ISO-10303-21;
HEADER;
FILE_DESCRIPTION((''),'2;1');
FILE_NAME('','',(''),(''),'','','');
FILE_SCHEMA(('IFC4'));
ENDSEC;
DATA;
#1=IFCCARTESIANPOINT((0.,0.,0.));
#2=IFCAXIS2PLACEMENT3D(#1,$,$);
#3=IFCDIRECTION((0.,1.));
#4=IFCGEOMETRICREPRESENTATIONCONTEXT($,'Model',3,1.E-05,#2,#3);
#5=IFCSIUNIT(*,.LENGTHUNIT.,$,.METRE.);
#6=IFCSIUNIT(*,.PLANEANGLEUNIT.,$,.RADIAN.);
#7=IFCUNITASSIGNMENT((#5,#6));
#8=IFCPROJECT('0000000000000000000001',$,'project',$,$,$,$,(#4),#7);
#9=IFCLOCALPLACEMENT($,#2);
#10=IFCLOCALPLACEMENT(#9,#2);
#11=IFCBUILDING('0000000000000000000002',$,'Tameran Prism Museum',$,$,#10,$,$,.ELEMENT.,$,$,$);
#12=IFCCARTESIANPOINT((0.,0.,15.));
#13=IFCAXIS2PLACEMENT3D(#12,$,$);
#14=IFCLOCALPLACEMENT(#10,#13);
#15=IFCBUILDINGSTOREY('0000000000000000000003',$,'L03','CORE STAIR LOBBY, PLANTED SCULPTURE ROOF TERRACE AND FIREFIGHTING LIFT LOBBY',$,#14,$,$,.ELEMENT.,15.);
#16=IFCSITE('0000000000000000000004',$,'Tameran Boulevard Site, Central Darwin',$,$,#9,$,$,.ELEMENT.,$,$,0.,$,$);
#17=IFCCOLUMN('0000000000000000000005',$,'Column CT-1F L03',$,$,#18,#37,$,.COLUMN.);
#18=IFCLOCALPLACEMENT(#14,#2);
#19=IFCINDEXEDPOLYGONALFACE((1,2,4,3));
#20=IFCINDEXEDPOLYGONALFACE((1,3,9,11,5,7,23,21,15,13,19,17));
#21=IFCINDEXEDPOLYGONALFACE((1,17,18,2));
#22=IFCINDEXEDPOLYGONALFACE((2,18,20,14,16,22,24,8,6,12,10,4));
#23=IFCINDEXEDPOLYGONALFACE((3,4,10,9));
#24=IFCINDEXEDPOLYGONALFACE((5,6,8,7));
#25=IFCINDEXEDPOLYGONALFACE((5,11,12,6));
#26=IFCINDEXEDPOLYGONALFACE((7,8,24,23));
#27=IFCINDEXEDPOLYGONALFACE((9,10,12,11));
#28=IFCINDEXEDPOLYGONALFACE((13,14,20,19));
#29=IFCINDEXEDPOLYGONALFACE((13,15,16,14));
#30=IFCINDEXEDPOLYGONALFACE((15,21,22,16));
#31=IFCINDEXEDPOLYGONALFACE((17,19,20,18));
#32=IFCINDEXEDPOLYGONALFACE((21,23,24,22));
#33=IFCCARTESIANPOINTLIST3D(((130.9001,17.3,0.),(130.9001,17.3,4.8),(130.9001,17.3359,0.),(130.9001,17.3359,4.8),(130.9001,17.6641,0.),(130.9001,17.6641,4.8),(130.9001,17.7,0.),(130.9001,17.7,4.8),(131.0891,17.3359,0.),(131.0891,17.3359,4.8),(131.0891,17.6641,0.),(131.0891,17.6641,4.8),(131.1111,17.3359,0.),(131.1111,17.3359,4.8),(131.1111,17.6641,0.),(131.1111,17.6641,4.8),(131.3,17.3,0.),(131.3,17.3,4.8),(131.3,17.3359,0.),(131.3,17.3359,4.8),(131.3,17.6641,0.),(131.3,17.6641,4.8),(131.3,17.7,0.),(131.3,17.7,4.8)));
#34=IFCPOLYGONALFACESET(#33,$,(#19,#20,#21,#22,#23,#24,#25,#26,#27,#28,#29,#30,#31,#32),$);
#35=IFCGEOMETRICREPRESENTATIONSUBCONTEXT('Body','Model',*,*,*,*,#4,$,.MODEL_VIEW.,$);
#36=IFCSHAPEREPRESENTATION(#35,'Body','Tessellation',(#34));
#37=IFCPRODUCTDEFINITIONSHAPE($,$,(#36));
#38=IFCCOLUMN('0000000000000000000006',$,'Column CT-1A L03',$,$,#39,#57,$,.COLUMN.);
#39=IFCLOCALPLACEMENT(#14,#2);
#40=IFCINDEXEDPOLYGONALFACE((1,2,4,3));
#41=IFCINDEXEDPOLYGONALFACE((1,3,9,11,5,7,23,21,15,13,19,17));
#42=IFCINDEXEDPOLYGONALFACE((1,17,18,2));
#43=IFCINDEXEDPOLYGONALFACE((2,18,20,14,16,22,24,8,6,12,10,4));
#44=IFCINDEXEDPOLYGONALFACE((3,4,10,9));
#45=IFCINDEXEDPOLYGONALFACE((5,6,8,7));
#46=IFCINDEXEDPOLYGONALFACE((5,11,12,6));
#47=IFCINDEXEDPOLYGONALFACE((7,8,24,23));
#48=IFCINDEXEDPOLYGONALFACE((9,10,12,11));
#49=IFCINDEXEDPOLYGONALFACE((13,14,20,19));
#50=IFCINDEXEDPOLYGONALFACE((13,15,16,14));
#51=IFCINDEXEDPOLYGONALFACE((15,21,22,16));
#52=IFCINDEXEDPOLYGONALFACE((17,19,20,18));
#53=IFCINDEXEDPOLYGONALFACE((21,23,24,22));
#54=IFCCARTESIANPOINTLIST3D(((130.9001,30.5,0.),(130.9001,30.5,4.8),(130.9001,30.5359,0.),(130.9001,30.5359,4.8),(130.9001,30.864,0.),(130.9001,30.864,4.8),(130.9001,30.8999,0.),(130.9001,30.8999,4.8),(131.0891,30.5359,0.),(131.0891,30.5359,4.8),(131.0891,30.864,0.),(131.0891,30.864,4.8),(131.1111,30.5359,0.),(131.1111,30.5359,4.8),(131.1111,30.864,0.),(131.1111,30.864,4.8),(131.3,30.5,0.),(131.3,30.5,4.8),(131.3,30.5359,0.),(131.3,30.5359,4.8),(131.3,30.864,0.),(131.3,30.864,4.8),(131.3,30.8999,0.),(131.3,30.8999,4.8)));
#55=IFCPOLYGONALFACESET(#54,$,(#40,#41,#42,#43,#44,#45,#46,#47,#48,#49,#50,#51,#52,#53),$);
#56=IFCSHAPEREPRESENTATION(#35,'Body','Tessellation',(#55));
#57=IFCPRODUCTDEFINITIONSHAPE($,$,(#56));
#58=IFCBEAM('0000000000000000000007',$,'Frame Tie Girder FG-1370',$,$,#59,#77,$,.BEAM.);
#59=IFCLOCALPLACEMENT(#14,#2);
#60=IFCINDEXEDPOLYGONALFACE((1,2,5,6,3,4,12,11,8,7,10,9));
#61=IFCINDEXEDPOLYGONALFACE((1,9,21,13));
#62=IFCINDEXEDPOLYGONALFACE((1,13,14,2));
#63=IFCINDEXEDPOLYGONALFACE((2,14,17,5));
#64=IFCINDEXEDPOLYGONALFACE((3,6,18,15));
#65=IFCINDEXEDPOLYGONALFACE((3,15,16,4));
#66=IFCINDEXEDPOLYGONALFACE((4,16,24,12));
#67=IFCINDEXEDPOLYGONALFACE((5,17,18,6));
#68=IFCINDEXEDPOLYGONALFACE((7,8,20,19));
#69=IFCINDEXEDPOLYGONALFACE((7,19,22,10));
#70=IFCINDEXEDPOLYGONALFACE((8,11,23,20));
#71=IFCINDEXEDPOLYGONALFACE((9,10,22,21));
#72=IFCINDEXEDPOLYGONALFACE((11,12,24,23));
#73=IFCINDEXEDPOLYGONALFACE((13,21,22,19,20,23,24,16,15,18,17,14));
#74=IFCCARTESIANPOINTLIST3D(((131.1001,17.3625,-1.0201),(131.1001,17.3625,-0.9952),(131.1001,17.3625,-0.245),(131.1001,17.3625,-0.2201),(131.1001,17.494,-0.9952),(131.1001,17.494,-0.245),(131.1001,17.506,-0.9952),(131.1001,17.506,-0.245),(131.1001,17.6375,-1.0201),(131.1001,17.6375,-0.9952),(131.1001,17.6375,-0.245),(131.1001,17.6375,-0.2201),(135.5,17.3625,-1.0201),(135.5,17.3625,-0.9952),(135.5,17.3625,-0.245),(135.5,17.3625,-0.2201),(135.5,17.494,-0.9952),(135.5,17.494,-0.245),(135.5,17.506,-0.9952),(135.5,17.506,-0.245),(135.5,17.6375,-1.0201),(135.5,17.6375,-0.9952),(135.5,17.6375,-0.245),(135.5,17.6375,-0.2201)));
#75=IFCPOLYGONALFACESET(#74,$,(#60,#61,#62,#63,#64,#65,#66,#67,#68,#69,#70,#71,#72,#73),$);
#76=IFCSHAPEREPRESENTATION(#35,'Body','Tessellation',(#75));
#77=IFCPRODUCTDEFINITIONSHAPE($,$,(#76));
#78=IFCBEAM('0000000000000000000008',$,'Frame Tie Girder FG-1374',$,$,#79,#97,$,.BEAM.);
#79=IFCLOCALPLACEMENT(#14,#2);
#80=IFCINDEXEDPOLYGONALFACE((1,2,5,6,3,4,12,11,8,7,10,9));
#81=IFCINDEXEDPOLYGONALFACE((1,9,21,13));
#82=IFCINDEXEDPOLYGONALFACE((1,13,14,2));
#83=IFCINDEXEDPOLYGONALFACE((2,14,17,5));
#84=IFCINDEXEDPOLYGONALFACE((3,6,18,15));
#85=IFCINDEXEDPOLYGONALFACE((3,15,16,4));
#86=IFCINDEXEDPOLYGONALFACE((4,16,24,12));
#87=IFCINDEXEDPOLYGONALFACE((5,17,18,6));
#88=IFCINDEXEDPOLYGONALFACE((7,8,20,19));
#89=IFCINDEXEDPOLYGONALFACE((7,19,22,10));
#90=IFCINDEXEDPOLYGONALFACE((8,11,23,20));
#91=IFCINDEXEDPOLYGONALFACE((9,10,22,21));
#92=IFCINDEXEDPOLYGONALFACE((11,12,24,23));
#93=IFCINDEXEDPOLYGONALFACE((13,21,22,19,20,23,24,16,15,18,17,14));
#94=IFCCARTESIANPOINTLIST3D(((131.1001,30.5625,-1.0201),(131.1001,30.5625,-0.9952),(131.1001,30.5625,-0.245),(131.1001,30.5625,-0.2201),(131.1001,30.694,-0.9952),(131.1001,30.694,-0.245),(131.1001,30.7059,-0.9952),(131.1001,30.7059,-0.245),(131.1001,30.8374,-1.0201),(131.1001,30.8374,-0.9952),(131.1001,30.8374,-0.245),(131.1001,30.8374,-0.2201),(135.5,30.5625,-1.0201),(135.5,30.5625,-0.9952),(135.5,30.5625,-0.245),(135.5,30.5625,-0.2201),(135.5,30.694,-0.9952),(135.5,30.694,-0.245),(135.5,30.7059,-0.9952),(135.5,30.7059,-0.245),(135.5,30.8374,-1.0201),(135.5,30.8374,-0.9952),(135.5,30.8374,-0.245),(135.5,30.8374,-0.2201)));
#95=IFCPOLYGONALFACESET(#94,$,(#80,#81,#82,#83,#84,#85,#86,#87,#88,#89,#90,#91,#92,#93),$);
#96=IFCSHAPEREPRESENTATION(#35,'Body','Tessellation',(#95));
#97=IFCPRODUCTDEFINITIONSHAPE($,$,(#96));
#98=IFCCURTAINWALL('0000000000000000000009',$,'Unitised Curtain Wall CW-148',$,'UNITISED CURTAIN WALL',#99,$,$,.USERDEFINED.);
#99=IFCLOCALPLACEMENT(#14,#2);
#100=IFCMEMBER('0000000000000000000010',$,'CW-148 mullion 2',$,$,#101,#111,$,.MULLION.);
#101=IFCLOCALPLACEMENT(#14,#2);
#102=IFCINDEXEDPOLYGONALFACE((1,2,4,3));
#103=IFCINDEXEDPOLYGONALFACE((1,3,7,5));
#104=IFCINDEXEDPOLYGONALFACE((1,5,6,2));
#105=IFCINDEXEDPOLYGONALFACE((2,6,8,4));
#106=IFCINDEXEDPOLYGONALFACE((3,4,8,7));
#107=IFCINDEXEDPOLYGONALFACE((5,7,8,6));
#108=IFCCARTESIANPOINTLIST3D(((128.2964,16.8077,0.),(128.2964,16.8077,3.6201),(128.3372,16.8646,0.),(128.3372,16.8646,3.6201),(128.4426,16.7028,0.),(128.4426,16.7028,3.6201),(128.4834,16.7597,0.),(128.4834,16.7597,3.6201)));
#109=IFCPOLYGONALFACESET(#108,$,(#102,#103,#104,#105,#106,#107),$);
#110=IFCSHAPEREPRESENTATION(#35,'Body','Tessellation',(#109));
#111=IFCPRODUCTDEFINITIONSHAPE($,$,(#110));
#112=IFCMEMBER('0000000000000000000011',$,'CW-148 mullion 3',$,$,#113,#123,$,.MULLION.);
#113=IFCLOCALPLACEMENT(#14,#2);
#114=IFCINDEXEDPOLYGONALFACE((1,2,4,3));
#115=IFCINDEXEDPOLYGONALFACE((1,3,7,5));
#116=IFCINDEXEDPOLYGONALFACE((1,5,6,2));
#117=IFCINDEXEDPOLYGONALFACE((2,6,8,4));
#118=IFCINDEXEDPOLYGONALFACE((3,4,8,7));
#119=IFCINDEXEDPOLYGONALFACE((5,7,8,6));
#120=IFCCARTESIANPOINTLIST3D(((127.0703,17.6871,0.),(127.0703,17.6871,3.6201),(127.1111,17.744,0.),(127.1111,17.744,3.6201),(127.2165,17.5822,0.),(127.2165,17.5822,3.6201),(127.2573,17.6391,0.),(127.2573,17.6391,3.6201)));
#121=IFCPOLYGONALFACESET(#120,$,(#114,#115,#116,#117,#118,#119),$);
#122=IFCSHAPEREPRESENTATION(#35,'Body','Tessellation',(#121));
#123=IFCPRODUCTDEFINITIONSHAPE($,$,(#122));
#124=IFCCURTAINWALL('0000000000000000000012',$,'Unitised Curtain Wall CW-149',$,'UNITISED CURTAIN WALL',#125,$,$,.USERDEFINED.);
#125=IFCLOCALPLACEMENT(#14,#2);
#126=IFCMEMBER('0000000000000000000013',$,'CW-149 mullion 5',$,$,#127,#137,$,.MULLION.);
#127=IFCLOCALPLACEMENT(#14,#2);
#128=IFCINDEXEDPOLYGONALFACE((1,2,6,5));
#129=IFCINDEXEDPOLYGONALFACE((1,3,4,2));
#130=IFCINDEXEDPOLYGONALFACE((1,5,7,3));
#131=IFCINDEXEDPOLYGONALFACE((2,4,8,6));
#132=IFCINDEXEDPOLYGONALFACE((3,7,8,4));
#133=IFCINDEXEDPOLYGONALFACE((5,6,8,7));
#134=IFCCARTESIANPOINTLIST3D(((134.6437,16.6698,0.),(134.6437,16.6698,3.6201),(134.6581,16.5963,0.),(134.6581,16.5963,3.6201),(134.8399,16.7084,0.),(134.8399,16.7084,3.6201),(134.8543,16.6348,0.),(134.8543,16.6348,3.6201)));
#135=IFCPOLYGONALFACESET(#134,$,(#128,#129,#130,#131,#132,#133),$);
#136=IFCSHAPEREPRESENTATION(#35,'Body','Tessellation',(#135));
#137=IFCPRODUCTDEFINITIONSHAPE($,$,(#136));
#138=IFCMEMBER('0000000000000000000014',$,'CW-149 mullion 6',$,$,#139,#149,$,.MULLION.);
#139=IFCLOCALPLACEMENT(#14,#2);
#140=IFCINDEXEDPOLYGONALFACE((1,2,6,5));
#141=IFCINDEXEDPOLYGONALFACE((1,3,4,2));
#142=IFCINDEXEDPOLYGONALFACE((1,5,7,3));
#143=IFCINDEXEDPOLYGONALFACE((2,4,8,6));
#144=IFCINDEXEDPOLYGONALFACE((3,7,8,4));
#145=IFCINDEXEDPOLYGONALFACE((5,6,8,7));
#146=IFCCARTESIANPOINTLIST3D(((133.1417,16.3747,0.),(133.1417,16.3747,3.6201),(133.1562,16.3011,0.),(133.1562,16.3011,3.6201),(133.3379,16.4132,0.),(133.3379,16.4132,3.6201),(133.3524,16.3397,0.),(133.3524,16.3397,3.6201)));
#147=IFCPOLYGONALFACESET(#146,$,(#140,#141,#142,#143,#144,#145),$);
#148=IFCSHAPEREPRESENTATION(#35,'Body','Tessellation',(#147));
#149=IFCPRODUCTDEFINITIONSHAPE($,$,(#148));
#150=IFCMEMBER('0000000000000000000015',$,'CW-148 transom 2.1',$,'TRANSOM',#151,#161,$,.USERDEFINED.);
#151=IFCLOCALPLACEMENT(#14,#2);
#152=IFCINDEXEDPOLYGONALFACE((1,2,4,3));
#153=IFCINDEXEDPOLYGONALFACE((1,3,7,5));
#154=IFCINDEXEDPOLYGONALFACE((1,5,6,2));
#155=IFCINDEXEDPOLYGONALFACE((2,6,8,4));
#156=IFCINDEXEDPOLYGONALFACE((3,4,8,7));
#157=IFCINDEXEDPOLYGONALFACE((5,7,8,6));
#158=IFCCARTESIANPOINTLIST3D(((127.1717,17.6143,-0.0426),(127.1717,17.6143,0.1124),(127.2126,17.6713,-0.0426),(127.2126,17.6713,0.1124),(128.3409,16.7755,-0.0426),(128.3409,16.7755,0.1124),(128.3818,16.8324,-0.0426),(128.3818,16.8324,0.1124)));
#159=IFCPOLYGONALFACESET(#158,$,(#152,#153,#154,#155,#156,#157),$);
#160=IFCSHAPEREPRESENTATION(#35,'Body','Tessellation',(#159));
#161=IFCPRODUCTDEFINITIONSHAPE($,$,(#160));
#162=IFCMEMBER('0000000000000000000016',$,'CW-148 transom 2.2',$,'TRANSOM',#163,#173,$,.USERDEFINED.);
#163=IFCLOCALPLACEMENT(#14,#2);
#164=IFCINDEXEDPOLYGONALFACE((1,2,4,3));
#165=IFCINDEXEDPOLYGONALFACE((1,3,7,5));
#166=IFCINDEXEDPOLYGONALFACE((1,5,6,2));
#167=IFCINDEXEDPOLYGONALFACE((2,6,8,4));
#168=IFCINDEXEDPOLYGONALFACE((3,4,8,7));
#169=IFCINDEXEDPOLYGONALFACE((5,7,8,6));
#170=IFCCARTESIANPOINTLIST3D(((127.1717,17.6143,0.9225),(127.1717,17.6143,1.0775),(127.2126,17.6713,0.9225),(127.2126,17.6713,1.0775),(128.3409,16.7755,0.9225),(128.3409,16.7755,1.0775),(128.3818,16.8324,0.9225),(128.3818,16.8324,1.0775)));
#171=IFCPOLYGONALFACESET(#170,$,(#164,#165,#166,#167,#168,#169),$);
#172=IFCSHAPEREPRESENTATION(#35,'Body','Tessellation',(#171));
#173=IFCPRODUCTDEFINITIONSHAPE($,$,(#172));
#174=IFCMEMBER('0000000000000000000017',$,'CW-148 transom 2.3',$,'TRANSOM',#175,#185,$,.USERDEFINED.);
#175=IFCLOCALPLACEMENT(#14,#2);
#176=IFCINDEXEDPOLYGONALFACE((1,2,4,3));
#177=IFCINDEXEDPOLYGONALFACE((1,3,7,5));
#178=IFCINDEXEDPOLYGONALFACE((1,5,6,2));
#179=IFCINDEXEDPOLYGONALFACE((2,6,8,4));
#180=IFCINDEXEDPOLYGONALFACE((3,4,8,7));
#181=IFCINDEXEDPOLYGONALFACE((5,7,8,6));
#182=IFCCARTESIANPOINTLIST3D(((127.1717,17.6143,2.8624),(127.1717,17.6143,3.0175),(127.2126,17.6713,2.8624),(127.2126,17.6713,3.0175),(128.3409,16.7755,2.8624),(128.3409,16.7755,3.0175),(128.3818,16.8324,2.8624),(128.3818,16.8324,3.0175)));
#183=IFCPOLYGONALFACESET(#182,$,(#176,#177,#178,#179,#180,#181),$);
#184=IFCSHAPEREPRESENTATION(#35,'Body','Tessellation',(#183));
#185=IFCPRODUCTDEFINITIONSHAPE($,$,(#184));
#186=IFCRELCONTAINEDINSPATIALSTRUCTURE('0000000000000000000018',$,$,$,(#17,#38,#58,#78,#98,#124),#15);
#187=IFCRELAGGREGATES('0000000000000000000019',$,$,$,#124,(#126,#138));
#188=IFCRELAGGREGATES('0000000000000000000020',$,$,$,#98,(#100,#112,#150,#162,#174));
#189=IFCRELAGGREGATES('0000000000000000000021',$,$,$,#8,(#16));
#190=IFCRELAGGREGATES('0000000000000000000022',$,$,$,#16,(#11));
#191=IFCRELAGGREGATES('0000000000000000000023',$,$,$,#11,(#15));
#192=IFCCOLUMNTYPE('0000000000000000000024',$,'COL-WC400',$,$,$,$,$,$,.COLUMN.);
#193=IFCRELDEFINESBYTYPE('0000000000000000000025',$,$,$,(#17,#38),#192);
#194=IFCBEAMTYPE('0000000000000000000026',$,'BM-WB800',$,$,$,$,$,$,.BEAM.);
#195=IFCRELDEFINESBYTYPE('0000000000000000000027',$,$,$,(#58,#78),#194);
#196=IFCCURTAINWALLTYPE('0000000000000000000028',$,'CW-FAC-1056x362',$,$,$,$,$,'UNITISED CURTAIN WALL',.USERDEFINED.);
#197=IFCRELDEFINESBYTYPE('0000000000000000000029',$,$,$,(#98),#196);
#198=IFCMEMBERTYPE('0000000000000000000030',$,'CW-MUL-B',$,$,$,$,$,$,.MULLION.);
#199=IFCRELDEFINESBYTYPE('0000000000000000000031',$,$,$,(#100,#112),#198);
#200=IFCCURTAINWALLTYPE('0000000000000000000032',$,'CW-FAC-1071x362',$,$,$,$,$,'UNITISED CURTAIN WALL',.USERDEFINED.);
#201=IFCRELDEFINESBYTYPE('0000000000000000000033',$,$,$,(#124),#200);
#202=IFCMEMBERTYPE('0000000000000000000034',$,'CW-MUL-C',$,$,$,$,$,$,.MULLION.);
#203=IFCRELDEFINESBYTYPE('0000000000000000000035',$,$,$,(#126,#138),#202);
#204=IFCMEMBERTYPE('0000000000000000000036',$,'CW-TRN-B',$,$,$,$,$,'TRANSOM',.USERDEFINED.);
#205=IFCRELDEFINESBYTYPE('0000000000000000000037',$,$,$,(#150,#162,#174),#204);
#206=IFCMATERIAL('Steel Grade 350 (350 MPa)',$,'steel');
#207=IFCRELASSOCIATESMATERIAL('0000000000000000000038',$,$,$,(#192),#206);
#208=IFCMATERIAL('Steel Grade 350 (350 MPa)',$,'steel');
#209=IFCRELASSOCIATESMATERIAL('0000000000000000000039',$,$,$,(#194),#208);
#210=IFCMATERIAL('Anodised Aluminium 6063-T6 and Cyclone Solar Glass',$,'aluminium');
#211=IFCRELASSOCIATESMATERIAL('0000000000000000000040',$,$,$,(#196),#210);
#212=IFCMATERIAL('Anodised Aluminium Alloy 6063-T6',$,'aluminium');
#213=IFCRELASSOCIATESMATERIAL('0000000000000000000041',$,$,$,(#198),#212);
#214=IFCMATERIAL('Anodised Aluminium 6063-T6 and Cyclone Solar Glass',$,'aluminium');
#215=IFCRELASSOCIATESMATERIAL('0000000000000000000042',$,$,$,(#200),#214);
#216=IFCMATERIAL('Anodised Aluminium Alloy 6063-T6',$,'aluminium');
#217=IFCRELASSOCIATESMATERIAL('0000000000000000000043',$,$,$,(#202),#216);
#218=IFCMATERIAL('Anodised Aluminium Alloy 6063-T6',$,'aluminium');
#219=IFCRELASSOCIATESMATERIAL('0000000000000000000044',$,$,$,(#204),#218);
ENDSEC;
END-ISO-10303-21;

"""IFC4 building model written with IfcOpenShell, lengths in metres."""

from ifc_helpers import new_model, si_unit, direction, frame, origin, origin_2d, place, context, subcontext, project, spatial, rectangle, i_section, extrude, material, material_profile, profile_set, type_object, element, aggregate, save


model = new_model("IFC4")

# Units and contexts
model_context = context("Model", 3, precision=1e-05, world=origin(), true_north=direction((0.0, 1.0)))
body_context = subcontext(model_context, "Body", "Model", "MODEL_VIEW")
ifc_project = project(units=[si_unit("LENGTHUNIT", "METRE"), si_unit("PLANEANGLEUNIT", "RADIAN")], contexts=[model_context])

# Site, building, storey
site_placement = place(None, origin())
site = spatial("IfcSite", under=ifc_project, at=site_placement, Name="Tameran Boulevard Site, Central Darwin", CompositionType="ELEMENT", RefElevation=0.0)
building_placement = place(site_placement, origin())
building = spatial("IfcBuilding", under=site, at=building_placement, Name="Tameran Prism Museum", CompositionType="ELEMENT")
storey_placement = place(building_placement, frame((0.0, 0.0, 15.0)))
storey = spatial("IfcBuildingStorey", under=building, at=storey_placement, Name="L03", Description="CORE STAIR LOBBY, PLANTED SCULPTURE ROOF TERRACE AND FIREFIGHTING LIFT LOBBY", CompositionType="ELEMENT", Elevation=15.0)

# Columns
ifc_material_1 = material(Name="Steel Grade 350 (350 MPa)", Category="steel")
ifc_material_profile_1 = material_profile(ifc_material_1, i_section(OverallWidth=0.3999, OverallDepth=0.3999, WebThickness=0.022, FlangeThickness=0.0359, at=origin_2d()))
ifc_profile_set_1 = profile_set([ifc_material_profile_1])
column_type = type_object("IfcColumnType", Name="COL-WC400", PredefinedType="COLUMN", material=ifc_profile_set_1)
for number, where, z_axis, x_axis, name in (
    (1, (131.1001, 17.5, 0.0), (0.0, 0.0, 1.0), (1.0, 0.0, 0.0), "Column CT-1F L03"),
    (2, (131.1001, 30.7, 0.0), (0.0, 0.0, 1.0), (1.0, 0.0, 0.0), "Column CT-1A L03"),
):
    element("IfcColumn", number, at=place(storey_placement, frame(where, z_axis=z_axis, x_axis=x_axis)), inside=storey, type_object=column_type, Name=name, PredefinedType="COLUMN", context=body_context, shape_type="SweptSolid", body=[
        extrude(i_section(OverallWidth=0.3999, OverallDepth=0.3999, WebThickness=0.022, FlangeThickness=0.0359, at=origin_2d()), origin(), (0.0, 0.0, 1.0), 4.8),
    ])

# Beams
ifc_material_2 = material(Name="Steel Grade 350 (350 MPa)", Category="steel")
ifc_material_profile_2 = material_profile(ifc_material_2, i_section(OverallWidth=0.2749, OverallDepth=0.8, WebThickness=0.012, FlangeThickness=0.0249, at=origin_2d()))
ifc_profile_set_2 = profile_set([ifc_material_profile_2])
beam_type = type_object("IfcBeamType", Name="BM-WB800", PredefinedType="BEAM", material=ifc_profile_set_2)
for number, where, z_axis, x_axis, name in (
    (3, (131.1001, 17.5, -0.6201), (1.0, 0.0, 0.0), (0.0, 1.0, 0.0), "Frame Tie Girder FG-1370"),
    (4, (131.1001, 30.7, -0.6201), (1.0, 0.0, 0.0), (0.0, 1.0, 0.0), "Frame Tie Girder FG-1374"),
):
    element("IfcBeam", number, at=place(storey_placement, frame(where, z_axis=z_axis, x_axis=x_axis)), inside=storey, type_object=beam_type, Name=name, PredefinedType="BEAM", context=body_context, shape_type="SweptSolid", body=[
        extrude(i_section(OverallWidth=0.2749, OverallDepth=0.8, WebThickness=0.012, FlangeThickness=0.0249, at=origin_2d()), origin(), (0.0, 0.0, 1.0), 4.3999),
    ])

# Curtain walls, members
ifc_material_3 = material(Name="Anodised Aluminium 6063-T6 and Cyclone Solar Glass", Category="aluminium")
curtain_wall_type_1 = type_object("IfcCurtainWallType", Name="CW-FAC-1056x362", ElementType="UNITISED CURTAIN WALL", PredefinedType="USERDEFINED", material=ifc_material_3)
curtain_wall_1_placement = place(storey_placement, origin())
curtain_wall_1 = element("IfcCurtainWall", 5, at=curtain_wall_1_placement, inside=storey, type_object=curtain_wall_type_1, Name="Unitised Curtain Wall CW-148", ObjectType="UNITISED CURTAIN WALL", PredefinedType="USERDEFINED")
ifc_material_4 = material(Name="Anodised Aluminium Alloy 6063-T6", Category="aluminium")
ifc_material_profile_3 = material_profile(ifc_material_4, rectangle(XDim=0.0701, YDim=0.1799, at=origin_2d()))
ifc_profile_set_3 = profile_set([ifc_material_profile_3])
member_type_1 = type_object("IfcMemberType", Name="CW-MUL-B", PredefinedType="MULLION", material=ifc_profile_set_3)
member_1_placement = place(storey_placement, frame((128.3899, 16.7837, 0.0), z_axis=(0.0, 0.0, 1.0), x_axis=(-0.582885, -0.812555, 0.0)))
member_1 = element("IfcMember", 6, at=member_1_placement, type_object=member_type_1, Name="CW-148 mullion 2", PredefinedType="MULLION", context=body_context, shape_type="SweptSolid", body=[
    extrude(rectangle(XDim=0.0701, YDim=0.1799, at=origin_2d()), origin(), (0.0, 0.0, 1.0), 3.6201),
])
member_2_placement = place(storey_placement, frame((127.1638, 17.6631, 0.0), z_axis=(0.0, 0.0, 1.0), x_axis=(-0.582885, -0.812555, 0.0)))
member_2 = element("IfcMember", 7, at=member_2_placement, type_object=member_type_1, Name="CW-148 mullion 3", PredefinedType="MULLION", context=body_context, shape_type="SweptSolid", body=[
    extrude(rectangle(XDim=0.0701, YDim=0.1799, at=origin_2d()), origin(), (0.0, 0.0, 1.0), 3.6201),
])
ifc_material_5 = material(Name="Anodised Aluminium 6063-T6 and Cyclone Solar Glass", Category="aluminium")
curtain_wall_type_2 = type_object("IfcCurtainWallType", Name="CW-FAC-1071x362", ElementType="UNITISED CURTAIN WALL", PredefinedType="USERDEFINED", material=ifc_material_5)
curtain_wall_2_placement = place(storey_placement, origin())
curtain_wall_2 = element("IfcCurtainWall", 8, at=curtain_wall_2_placement, inside=storey, type_object=curtain_wall_type_2, Name="Unitised Curtain Wall CW-149", ObjectType="UNITISED CURTAIN WALL", PredefinedType="USERDEFINED")
ifc_material_6 = material(Name="Anodised Aluminium Alloy 6063-T6", Category="aluminium")
ifc_material_profile_4 = material_profile(ifc_material_6, rectangle(XDim=0.075, YDim=0.2, at=origin_2d()))
ifc_profile_set_4 = profile_set([ifc_material_profile_4])
member_type_2 = type_object("IfcMemberType", Name="CW-MUL-C", PredefinedType="MULLION", material=ifc_profile_set_4)
member_3_placement = place(storey_placement, frame((134.749, 16.6523, 0.0), z_axis=(0.0, 0.0, 1.0), x_axis=(0.192813, -0.981236, 0.0)))
member_3 = element("IfcMember", 9, at=member_3_placement, type_object=member_type_2, Name="CW-149 mullion 5", PredefinedType="MULLION", context=body_context, shape_type="SweptSolid", body=[
    extrude(rectangle(XDim=0.075, YDim=0.2, at=origin_2d()), origin(), (0.0, 0.0, 1.0), 3.6201),
])
member_4_placement = place(storey_placement, frame((133.2471, 16.3572, 0.0), z_axis=(0.0, 0.0, 1.0), x_axis=(0.192813, -0.981236, 0.0)))
member_4 = element("IfcMember", 10, at=member_4_placement, type_object=member_type_2, Name="CW-149 mullion 6", PredefinedType="MULLION", context=body_context, shape_type="SweptSolid", body=[
    extrude(rectangle(XDim=0.075, YDim=0.2, at=origin_2d()), origin(), (0.0, 0.0, 1.0), 3.6201),
])

# Members
ifc_material_7 = material(Name="Anodised Aluminium Alloy 6063-T6", Category="aluminium")
ifc_material_profile_5 = material_profile(ifc_material_7, rectangle(XDim=0.0701, YDim=0.155, at=origin_2d()))
ifc_profile_set_5 = profile_set([ifc_material_profile_5])
member_type_3 = type_object("IfcMemberType", Name="CW-TRN-B", ElementType="TRANSOM", PredefinedType="USERDEFINED", material=ifc_profile_set_5)
member_5_placement = place(storey_placement, frame((128.3613, 16.804, 0.0349), z_axis=(-0.812505, 0.582954, 0.0), x_axis=(-0.582954, -0.812505, 0.0)))
member_5 = element("IfcMember", 11, at=member_5_placement, type_object=member_type_3, Name="CW-148 transom 2.1", ObjectType="TRANSOM", PredefinedType="USERDEFINED", context=body_context, shape_type="SweptSolid", body=[
    extrude(rectangle(XDim=0.0701, YDim=0.155, at=origin_2d()), origin(), (0.0, 0.0, 1.0), 1.439),
])
member_6_placement = place(storey_placement, frame((128.3613, 16.804, 1.0), z_axis=(-0.812505, 0.582954, 0.0), x_axis=(-0.582954, -0.812505, 0.0)))
member_6 = element("IfcMember", 12, at=member_6_placement, type_object=member_type_3, Name="CW-148 transom 2.2", ObjectType="TRANSOM", PredefinedType="USERDEFINED", context=body_context, shape_type="SweptSolid", body=[
    extrude(rectangle(XDim=0.0701, YDim=0.155, at=origin_2d()), origin(), (0.0, 0.0, 1.0), 1.439),
])
member_7_placement = place(storey_placement, frame((128.3613, 16.804, 2.9399), z_axis=(-0.812505, 0.582954, 0.0), x_axis=(-0.582954, -0.812505, 0.0)))
member_7 = element("IfcMember", 13, at=member_7_placement, type_object=member_type_3, Name="CW-148 transom 2.3", ObjectType="TRANSOM", PredefinedType="USERDEFINED", context=body_context, shape_type="SweptSolid", body=[
    extrude(rectangle(XDim=0.0701, YDim=0.155, at=origin_2d()), origin(), (0.0, 0.0, 1.0), 1.439),
])

aggregate(curtain_wall_2, [member_3, member_4])
aggregate(curtain_wall_1, [member_1, member_2, member_5, member_6, member_7])

save(model, "model.ifc")
